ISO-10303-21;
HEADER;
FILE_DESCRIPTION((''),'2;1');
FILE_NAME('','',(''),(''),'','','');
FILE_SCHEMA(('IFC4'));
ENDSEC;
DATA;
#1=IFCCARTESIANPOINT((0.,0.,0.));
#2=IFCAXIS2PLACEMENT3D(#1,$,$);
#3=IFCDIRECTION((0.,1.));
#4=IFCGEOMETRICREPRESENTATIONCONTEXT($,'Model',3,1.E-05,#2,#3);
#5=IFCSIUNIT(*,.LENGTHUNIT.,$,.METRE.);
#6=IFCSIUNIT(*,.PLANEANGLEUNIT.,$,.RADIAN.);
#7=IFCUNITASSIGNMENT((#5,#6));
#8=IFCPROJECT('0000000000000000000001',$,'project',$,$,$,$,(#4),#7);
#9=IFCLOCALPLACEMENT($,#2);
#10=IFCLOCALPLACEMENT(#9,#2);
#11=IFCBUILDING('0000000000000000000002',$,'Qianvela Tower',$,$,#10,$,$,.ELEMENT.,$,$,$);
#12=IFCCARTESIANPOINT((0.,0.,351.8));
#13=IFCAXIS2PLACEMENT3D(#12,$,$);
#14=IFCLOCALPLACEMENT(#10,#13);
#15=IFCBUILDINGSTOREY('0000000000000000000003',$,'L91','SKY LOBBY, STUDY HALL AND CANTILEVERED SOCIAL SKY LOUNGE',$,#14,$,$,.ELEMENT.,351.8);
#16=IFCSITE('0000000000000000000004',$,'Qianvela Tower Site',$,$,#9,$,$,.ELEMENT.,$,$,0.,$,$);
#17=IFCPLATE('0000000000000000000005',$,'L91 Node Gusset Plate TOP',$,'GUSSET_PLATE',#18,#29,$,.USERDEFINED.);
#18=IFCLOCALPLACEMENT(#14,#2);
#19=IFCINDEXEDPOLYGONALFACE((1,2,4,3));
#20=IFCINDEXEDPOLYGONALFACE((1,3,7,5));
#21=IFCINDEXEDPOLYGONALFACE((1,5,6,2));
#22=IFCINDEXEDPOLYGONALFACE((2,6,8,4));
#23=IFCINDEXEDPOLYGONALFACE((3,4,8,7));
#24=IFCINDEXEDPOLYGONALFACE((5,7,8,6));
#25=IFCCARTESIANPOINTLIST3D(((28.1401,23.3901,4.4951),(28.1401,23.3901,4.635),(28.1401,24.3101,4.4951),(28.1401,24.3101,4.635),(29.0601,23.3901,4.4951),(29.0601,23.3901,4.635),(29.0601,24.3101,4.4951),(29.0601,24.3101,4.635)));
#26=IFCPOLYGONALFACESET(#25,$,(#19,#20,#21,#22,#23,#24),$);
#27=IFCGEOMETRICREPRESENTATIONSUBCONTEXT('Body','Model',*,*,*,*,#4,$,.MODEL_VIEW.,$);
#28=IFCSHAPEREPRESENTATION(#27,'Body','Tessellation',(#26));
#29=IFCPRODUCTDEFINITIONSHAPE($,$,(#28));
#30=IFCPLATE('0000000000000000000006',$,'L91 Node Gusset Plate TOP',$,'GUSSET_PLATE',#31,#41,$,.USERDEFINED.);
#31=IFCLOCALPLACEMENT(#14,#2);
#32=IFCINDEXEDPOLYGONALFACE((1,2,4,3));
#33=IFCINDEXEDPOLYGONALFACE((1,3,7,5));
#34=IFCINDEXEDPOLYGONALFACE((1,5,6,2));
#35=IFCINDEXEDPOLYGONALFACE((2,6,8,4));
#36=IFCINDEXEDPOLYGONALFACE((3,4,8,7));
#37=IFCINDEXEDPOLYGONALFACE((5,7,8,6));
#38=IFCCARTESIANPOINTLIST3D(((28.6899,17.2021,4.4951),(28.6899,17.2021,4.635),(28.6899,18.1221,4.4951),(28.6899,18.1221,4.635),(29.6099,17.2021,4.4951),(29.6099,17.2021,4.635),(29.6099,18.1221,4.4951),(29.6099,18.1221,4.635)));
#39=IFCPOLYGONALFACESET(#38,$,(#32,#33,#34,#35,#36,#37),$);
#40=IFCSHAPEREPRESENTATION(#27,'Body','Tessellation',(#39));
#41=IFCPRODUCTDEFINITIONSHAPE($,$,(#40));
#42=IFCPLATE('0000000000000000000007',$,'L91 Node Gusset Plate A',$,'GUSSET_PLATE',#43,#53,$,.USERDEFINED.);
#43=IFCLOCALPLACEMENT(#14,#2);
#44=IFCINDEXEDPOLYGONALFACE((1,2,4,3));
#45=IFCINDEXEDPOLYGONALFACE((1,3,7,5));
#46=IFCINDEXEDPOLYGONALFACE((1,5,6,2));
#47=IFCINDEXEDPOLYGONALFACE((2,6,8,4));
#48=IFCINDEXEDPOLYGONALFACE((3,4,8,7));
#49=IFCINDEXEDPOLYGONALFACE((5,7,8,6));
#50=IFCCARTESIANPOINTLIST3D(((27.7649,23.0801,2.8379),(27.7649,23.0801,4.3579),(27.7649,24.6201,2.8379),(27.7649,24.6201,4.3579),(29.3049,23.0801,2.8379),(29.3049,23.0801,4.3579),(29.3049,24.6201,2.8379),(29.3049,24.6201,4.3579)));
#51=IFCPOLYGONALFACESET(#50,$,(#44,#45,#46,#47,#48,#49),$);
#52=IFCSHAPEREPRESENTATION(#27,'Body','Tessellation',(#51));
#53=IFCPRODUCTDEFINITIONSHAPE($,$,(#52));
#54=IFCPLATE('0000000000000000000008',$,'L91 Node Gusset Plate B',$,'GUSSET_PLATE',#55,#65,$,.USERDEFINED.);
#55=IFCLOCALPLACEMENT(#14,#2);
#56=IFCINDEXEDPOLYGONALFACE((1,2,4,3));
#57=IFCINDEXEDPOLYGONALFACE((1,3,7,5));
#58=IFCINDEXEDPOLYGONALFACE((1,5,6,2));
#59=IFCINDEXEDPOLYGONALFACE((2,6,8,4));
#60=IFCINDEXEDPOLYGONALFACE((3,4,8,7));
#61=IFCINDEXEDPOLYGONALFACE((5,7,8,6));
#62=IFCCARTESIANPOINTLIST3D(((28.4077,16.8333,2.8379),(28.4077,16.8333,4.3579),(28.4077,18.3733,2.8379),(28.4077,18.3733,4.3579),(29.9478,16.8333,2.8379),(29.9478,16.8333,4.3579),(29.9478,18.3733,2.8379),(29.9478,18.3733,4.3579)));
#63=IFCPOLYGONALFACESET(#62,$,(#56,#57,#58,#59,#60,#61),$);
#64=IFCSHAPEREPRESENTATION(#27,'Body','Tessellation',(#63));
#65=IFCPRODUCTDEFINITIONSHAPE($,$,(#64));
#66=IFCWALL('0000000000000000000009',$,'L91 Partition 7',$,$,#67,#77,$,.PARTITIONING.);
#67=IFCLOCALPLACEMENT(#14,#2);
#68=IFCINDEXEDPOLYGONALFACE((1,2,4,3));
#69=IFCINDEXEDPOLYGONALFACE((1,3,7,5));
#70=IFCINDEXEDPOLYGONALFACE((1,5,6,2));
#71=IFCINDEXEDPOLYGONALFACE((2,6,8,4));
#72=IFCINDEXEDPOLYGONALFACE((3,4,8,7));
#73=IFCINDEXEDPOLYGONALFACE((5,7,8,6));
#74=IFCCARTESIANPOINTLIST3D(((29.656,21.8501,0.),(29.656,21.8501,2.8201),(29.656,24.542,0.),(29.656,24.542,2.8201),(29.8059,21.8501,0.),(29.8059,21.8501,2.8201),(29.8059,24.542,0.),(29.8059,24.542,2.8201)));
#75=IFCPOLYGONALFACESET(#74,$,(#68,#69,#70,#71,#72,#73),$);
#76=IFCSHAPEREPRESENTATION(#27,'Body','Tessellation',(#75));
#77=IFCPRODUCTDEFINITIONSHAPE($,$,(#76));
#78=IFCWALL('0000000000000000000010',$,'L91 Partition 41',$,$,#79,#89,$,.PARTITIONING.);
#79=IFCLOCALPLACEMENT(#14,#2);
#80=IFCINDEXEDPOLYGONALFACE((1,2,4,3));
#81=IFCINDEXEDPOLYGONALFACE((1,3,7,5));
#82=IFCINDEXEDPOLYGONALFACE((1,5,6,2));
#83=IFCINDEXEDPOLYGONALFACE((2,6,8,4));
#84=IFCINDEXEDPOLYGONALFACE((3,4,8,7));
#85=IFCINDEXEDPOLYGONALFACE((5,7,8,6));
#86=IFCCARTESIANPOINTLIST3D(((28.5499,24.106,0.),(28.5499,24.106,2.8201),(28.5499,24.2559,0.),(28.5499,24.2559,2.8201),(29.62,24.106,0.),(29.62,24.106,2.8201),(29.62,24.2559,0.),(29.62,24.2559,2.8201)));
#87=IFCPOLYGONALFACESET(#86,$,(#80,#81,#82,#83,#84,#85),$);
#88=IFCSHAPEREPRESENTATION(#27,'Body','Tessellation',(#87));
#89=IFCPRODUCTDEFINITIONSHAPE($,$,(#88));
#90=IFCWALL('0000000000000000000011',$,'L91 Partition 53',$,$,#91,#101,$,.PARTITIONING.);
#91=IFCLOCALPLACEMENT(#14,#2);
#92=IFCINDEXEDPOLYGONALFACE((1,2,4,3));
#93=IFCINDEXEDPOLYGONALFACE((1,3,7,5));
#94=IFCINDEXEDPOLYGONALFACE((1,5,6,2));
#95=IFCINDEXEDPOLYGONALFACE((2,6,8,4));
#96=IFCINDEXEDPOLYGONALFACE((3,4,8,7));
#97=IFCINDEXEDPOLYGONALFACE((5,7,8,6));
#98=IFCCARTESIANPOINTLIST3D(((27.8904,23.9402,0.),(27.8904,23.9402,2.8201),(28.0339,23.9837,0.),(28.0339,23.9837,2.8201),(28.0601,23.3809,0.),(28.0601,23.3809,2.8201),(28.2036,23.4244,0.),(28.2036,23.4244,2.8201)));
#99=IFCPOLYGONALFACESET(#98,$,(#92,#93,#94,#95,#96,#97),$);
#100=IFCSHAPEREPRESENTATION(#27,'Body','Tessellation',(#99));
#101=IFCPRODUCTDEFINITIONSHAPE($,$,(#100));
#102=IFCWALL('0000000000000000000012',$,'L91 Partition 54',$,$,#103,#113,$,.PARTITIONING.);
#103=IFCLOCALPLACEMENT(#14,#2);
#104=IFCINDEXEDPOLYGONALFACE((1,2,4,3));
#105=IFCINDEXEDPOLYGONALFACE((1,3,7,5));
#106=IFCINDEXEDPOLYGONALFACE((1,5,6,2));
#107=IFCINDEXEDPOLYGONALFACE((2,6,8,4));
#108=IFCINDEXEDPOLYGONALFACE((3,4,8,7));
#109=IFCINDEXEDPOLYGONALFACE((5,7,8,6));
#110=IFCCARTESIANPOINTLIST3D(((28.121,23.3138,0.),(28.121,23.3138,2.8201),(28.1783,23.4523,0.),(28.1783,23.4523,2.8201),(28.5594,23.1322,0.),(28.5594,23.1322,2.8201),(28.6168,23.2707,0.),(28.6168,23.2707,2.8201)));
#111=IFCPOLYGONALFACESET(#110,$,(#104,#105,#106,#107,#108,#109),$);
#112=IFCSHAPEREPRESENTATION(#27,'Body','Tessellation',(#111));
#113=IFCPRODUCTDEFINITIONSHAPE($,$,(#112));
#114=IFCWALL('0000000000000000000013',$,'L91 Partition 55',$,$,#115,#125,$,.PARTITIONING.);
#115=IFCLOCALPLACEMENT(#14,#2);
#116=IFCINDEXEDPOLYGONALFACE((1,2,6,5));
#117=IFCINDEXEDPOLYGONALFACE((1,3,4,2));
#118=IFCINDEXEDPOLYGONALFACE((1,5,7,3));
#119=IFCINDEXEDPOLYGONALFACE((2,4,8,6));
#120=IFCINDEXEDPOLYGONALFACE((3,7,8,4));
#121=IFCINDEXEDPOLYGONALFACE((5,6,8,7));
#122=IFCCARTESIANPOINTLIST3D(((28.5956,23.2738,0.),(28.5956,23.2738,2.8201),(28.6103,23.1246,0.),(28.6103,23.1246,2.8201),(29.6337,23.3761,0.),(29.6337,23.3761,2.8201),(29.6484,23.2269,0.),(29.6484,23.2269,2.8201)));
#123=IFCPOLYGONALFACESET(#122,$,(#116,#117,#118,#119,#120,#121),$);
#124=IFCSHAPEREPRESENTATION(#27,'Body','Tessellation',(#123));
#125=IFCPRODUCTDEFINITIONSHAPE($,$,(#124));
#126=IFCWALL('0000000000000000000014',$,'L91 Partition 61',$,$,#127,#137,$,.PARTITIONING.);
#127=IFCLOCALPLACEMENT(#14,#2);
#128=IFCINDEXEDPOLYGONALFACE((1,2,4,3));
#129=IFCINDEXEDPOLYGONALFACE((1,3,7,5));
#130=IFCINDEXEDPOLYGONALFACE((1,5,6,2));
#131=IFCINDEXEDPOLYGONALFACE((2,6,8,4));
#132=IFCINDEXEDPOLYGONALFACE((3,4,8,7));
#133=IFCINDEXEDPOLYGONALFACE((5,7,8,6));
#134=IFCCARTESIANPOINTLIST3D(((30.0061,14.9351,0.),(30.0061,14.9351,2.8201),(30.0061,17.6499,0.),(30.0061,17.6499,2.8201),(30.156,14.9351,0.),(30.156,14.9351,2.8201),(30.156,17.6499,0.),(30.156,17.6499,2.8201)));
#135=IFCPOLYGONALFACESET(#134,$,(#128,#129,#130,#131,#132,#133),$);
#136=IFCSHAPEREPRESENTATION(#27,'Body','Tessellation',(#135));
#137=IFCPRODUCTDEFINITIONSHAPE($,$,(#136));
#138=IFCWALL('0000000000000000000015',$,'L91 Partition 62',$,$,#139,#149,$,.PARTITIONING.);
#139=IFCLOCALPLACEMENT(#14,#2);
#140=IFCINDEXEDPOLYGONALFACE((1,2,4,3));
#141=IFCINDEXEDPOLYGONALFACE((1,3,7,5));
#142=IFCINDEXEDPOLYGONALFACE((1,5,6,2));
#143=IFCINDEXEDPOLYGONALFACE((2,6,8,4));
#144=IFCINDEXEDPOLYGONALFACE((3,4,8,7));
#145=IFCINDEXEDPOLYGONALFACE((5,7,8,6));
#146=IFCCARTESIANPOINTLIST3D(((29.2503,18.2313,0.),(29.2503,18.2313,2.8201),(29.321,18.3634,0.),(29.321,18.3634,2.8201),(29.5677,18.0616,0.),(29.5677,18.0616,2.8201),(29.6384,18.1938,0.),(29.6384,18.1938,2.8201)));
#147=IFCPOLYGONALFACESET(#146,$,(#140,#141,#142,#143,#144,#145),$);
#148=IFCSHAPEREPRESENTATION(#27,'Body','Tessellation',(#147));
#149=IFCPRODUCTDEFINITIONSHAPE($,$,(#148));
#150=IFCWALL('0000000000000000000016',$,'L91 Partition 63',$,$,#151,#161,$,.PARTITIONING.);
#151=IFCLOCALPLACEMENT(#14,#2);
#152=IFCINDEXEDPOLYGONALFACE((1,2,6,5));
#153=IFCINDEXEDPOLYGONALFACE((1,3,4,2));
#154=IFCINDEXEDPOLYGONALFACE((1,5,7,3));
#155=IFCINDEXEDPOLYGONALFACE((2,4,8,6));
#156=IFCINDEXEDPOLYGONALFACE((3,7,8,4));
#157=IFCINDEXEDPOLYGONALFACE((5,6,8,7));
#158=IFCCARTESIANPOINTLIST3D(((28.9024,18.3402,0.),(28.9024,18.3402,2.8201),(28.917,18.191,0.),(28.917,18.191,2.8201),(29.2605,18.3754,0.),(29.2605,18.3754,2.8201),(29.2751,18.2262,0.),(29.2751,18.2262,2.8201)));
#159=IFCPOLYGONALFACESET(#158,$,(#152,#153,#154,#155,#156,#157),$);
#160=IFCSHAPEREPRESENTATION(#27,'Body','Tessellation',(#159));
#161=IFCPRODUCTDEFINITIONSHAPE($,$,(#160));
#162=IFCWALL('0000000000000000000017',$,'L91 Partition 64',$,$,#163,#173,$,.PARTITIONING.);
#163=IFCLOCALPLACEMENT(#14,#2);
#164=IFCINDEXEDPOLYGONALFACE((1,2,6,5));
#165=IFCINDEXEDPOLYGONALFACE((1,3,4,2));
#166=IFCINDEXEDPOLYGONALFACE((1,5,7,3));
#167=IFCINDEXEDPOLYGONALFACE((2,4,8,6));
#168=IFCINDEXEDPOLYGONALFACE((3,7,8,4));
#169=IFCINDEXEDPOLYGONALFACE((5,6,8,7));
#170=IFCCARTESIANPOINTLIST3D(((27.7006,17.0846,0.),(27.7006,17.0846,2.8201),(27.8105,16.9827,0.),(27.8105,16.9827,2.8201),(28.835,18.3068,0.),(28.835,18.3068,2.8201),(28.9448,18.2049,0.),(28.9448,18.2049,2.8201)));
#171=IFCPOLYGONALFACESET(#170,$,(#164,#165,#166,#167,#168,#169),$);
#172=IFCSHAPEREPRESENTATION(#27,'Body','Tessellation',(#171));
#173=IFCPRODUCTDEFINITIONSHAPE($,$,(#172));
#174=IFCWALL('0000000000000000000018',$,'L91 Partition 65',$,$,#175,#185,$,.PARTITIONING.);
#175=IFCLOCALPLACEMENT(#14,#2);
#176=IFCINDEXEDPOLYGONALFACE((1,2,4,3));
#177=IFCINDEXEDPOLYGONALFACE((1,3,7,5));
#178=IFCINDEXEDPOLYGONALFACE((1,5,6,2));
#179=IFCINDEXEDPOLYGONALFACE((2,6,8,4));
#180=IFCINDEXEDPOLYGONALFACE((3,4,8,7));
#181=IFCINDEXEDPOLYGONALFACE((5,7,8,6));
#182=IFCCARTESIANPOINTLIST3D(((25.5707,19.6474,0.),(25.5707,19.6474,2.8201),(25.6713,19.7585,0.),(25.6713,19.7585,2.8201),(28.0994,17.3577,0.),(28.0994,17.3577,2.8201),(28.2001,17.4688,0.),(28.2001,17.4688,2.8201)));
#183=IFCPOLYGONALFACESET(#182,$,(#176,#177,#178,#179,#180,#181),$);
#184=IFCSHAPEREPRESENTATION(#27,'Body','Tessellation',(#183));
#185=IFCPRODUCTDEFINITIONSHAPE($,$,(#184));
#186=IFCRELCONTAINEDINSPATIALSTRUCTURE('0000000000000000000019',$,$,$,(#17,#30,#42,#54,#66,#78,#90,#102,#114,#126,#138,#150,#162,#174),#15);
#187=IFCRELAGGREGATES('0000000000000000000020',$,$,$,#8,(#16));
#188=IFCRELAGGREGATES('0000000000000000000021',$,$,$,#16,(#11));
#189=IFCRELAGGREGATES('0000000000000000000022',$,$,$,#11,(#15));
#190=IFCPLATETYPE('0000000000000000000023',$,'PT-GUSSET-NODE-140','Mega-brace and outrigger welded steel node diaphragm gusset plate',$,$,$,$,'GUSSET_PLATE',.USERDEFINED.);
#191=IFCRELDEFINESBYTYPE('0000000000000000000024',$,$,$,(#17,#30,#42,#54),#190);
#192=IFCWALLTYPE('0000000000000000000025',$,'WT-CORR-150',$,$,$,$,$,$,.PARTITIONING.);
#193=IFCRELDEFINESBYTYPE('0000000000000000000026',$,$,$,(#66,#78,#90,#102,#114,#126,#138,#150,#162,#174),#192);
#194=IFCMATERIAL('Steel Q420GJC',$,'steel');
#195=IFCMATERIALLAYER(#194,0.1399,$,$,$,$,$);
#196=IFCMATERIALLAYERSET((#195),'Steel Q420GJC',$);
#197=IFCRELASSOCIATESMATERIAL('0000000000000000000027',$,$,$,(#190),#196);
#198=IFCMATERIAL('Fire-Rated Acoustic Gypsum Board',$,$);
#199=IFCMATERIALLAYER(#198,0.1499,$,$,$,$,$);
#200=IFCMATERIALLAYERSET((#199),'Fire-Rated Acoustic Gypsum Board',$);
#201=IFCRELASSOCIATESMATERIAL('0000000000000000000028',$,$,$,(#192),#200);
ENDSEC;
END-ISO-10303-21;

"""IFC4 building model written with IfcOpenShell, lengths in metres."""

from ifc_helpers import new_model, si_unit, direction, frame, frame_2d, origin, origin_2d, place, context, subcontext, project, spatial, rectangle, extrude, material, layer, layer_set, type_object, element, save


model = new_model("IFC4")

# Units and contexts
model_context = context("Model", 3, precision=1e-05, world=origin(), true_north=direction((0.0, 1.0)))
body_context = subcontext(model_context, "Body", "Model", "MODEL_VIEW")
ifc_project = project(units=[si_unit("LENGTHUNIT", "METRE"), si_unit("PLANEANGLEUNIT", "RADIAN")], contexts=[model_context])

# Site, building, storey
site_placement = place(None, origin())
site = spatial("IfcSite", under=ifc_project, at=site_placement, Name="Qianvela Tower Site", CompositionType="ELEMENT", RefElevation=0.0)
building_placement = place(site_placement, origin())
building = spatial("IfcBuilding", under=site, at=building_placement, Name="Qianvela Tower", CompositionType="ELEMENT")
storey_placement = place(building_placement, frame((0.0, 0.0, 351.8)))
storey = spatial("IfcBuildingStorey", under=building, at=storey_placement, Name="L91", Description="SKY LOBBY, STUDY HALL AND CANTILEVERED SOCIAL SKY LOUNGE", CompositionType="ELEMENT", Elevation=351.8)

# Plates
ifc_material_1 = material(Name="Steel Q420GJC", Category="steel")
ifc_layer_1 = layer(ifc_material_1, 0.1399)
ifc_layer_set_1 = layer_set([ifc_layer_1], Name="Steel Q420GJC")
plate_type_1 = type_object("IfcPlateType", Name="PT-GUSSET-NODE-140", Description="Mega-brace and outrigger welded steel node diaphragm gusset plate", ElementType="GUSSET_PLATE", PredefinedType="USERDEFINED", material=ifc_layer_set_1)
for number, where, z_axis, x_axis, name in (
    (1, (28.6001, 23.8501, 4.4951), (0.0, 0.0, 1.0), (1.0, 0.0, 0.0), "L91 Node Gusset Plate TOP"),
    (2, (29.1499, 17.6621, 4.4951), (0.0, 0.0, 1.0), (1.0, 0.0, 0.0), "L91 Node Gusset Plate TOP"),
):
    element("IfcPlate", number, at=place(storey_placement, frame(where, z_axis=z_axis, x_axis=x_axis)), inside=storey, type_object=plate_type_1, Name=name, ObjectType="GUSSET_PLATE", PredefinedType="USERDEFINED", context=body_context, shape_type="SweptSolid", body=[
        extrude(rectangle(XDim=0.9199, YDim=0.9199, at=origin_2d()), origin(), (0.0, 0.0, 1.0), 0.1399),
    ])
for number, where, z_axis, x_axis, name in (
    (3, (28.5349, 23.8501, 2.8379), (0.0, 0.0, 1.0), (1.0, 0.0, 0.0), "L91 Node Gusset Plate A"),
    (4, (29.1777, 17.6033, 2.8379), (0.0, 0.0, 1.0), (1.0, 0.0, 0.0), "L91 Node Gusset Plate B"),
):
    element("IfcPlate", number, at=place(storey_placement, frame(where, z_axis=z_axis, x_axis=x_axis)), inside=storey, type_object=plate_type_1, Name=name, ObjectType="GUSSET_PLATE", PredefinedType="USERDEFINED", context=body_context, shape_type="SweptSolid", body=[
        extrude(rectangle(XDim=1.54, YDim=1.54, at=origin_2d()), origin(), (0.0, 0.0, 1.0), 1.52),
    ])

# Shared definitions
ifc_material_2 = material(Name="Fire-Rated Acoustic Gypsum Board")
ifc_layer_2 = layer(ifc_material_2, 0.1499)
ifc_layer_set_2 = layer_set([ifc_layer_2], Name="Fire-Rated Acoustic Gypsum Board")
wall_type = type_object("IfcWallType", Name="WT-CORR-150", PredefinedType="PARTITIONING", material=ifc_layer_set_2)

# Walls
wall_1_placement = place(storey_placement, frame((29.731, 21.8501, 0.0), z_axis=(0.0, 0.0, 1.0), x_axis=(0.0, 1.0, 0.0)))
element("IfcWall", 5, at=wall_1_placement, inside=storey, type_object=wall_type, Name="L91 Partition 7", PredefinedType="PARTITIONING", context=body_context, shape_type="SweptSolid", body=[
    extrude(rectangle(XDim=2.6919, YDim=0.1499, at=frame_2d((1.3459, 0.0))), origin(), (0.0, 0.0, 1.0), 2.8201),
])
wall_2_placement = place(storey_placement, frame((29.6201, 24.1809, 0.0), z_axis=(0.0, 0.0, 1.0), x_axis=(-1.0, 0.0, 0.0)))
element("IfcWall", 6, at=wall_2_placement, inside=storey, type_object=wall_type, Name="L91 Partition 41", PredefinedType="PARTITIONING", context=body_context, shape_type="SweptSolid", body=[
    extrude(rectangle(XDim=1.0701, YDim=0.1499, at=frame_2d((0.5352, 0.0))), origin(), (0.0, 0.0, 1.0), 2.8201),
])
wall_3_placement = place(storey_placement, frame((27.9622, 23.9619, 0.0), z_axis=(0.0, 0.0, 1.0), x_axis=(0.290297, -0.956937, 0.0)))
element("IfcWall", 7, at=wall_3_placement, inside=storey, type_object=wall_type, Name="L91 Partition 53", PredefinedType="PARTITIONING", context=body_context, shape_type="SweptSolid", body=[
    extrude(rectangle(XDim=0.5845, YDim=0.1499, at=frame_2d((0.2922, 0.0))), origin(), (0.0, 0.0, 1.0), 2.8201),
])
wall_4_placement = place(storey_placement, frame((28.1497, 23.3831, 0.0), z_axis=(0.0, 0.0, 1.0), x_axis=(0.923866, -0.382715, 0.0)))
element("IfcWall", 8, at=wall_4_placement, inside=storey, type_object=wall_type, Name="L91 Partition 54", PredefinedType="PARTITIONING", context=body_context, shape_type="SweptSolid", body=[
    extrude(rectangle(XDim=0.4746, YDim=0.1499, at=frame_2d((0.2373, 0.0))), origin(), (0.0, 0.0, 1.0), 2.8201),
])
wall_5_placement = place(storey_placement, frame((28.603, 23.1992, 0.0), z_axis=(0.0, 0.0, 1.0), x_axis=(0.99518, 0.098067, 0.0)))
element("IfcWall", 9, at=wall_5_placement, inside=storey, type_object=wall_type, Name="L91 Partition 55", PredefinedType="PARTITIONING", context=body_context, shape_type="SweptSolid", body=[
    extrude(rectangle(XDim=1.0432, YDim=0.1499, at=frame_2d((0.5215, 0.0))), origin(), (0.0, 0.0, 1.0), 2.8201),
])
wall_6_placement = place(storey_placement, frame((30.0811, 14.9351, 0.0), z_axis=(0.0, 0.0, 1.0), x_axis=(0.0, 1.0, 0.0)))
element("IfcWall", 10, at=wall_6_placement, inside=storey, type_object=wall_type, Name="L91 Partition 61", PredefinedType="PARTITIONING", context=body_context, shape_type="SweptSolid", body=[
    extrude(rectangle(XDim=2.7148, YDim=0.1499, at=frame_2d((1.3574, 0.0))), origin(), (0.0, 0.0, 1.0), 2.8201),
])
for number, where, z_axis, x_axis, name in (
    (11, (29.603, 18.1277, 0.0), (0.0, 0.0, 1.0), (-0.881883, 0.471468, 0.0), "L91 Partition 62"),
    (12, (29.2678, 18.3008, 0.0), (0.0, 0.0, 1.0), (-0.995217, -0.09769, 0.0), "L91 Partition 63"),
):
    element("IfcWall", number, at=place(storey_placement, frame(where, z_axis=z_axis, x_axis=x_axis)), inside=storey, type_object=wall_type, Name=name, PredefinedType="PARTITIONING", context=body_context, shape_type="SweptSolid", body=[
        extrude(rectangle(XDim=0.3599, YDim=0.1499, at=frame_2d((0.1799, 0.0))), origin(), (0.0, 0.0, 1.0), 2.8201),
    ])
wall_7_placement = place(storey_placement, frame((28.8899, 18.2559, 0.0), z_axis=(0.0, 0.0, 1.0), x_axis=(-0.68026, -0.732971, 0.0)))
element("IfcWall", 13, at=wall_7_placement, inside=storey, type_object=wall_type, Name="L91 Partition 64", PredefinedType="PARTITIONING", context=body_context, shape_type="SweptSolid", body=[
    extrude(rectangle(XDim=1.6675, YDim=0.1499, at=frame_2d((0.8337, 0.0))), origin(), (0.0, 0.0, 1.0), 2.8201),
])
wall_8_placement = place(storey_placement, frame((28.1497, 17.4133, 0.0), z_axis=(0.0, 0.0, 1.0), x_axis=(-0.74127, 0.671207, 0.0)))
element("IfcWall", 14, at=wall_8_placement, inside=storey, type_object=wall_type, Name="L91 Partition 65", PredefinedType="PARTITIONING", context=body_context, shape_type="SweptSolid", body=[
    extrude(rectangle(XDim=3.4114, YDim=0.1499, at=frame_2d((1.7056, 0.0))), origin(), (0.0, 0.0, 1.0), 2.8201),
])

save(model, "model.ifc")
